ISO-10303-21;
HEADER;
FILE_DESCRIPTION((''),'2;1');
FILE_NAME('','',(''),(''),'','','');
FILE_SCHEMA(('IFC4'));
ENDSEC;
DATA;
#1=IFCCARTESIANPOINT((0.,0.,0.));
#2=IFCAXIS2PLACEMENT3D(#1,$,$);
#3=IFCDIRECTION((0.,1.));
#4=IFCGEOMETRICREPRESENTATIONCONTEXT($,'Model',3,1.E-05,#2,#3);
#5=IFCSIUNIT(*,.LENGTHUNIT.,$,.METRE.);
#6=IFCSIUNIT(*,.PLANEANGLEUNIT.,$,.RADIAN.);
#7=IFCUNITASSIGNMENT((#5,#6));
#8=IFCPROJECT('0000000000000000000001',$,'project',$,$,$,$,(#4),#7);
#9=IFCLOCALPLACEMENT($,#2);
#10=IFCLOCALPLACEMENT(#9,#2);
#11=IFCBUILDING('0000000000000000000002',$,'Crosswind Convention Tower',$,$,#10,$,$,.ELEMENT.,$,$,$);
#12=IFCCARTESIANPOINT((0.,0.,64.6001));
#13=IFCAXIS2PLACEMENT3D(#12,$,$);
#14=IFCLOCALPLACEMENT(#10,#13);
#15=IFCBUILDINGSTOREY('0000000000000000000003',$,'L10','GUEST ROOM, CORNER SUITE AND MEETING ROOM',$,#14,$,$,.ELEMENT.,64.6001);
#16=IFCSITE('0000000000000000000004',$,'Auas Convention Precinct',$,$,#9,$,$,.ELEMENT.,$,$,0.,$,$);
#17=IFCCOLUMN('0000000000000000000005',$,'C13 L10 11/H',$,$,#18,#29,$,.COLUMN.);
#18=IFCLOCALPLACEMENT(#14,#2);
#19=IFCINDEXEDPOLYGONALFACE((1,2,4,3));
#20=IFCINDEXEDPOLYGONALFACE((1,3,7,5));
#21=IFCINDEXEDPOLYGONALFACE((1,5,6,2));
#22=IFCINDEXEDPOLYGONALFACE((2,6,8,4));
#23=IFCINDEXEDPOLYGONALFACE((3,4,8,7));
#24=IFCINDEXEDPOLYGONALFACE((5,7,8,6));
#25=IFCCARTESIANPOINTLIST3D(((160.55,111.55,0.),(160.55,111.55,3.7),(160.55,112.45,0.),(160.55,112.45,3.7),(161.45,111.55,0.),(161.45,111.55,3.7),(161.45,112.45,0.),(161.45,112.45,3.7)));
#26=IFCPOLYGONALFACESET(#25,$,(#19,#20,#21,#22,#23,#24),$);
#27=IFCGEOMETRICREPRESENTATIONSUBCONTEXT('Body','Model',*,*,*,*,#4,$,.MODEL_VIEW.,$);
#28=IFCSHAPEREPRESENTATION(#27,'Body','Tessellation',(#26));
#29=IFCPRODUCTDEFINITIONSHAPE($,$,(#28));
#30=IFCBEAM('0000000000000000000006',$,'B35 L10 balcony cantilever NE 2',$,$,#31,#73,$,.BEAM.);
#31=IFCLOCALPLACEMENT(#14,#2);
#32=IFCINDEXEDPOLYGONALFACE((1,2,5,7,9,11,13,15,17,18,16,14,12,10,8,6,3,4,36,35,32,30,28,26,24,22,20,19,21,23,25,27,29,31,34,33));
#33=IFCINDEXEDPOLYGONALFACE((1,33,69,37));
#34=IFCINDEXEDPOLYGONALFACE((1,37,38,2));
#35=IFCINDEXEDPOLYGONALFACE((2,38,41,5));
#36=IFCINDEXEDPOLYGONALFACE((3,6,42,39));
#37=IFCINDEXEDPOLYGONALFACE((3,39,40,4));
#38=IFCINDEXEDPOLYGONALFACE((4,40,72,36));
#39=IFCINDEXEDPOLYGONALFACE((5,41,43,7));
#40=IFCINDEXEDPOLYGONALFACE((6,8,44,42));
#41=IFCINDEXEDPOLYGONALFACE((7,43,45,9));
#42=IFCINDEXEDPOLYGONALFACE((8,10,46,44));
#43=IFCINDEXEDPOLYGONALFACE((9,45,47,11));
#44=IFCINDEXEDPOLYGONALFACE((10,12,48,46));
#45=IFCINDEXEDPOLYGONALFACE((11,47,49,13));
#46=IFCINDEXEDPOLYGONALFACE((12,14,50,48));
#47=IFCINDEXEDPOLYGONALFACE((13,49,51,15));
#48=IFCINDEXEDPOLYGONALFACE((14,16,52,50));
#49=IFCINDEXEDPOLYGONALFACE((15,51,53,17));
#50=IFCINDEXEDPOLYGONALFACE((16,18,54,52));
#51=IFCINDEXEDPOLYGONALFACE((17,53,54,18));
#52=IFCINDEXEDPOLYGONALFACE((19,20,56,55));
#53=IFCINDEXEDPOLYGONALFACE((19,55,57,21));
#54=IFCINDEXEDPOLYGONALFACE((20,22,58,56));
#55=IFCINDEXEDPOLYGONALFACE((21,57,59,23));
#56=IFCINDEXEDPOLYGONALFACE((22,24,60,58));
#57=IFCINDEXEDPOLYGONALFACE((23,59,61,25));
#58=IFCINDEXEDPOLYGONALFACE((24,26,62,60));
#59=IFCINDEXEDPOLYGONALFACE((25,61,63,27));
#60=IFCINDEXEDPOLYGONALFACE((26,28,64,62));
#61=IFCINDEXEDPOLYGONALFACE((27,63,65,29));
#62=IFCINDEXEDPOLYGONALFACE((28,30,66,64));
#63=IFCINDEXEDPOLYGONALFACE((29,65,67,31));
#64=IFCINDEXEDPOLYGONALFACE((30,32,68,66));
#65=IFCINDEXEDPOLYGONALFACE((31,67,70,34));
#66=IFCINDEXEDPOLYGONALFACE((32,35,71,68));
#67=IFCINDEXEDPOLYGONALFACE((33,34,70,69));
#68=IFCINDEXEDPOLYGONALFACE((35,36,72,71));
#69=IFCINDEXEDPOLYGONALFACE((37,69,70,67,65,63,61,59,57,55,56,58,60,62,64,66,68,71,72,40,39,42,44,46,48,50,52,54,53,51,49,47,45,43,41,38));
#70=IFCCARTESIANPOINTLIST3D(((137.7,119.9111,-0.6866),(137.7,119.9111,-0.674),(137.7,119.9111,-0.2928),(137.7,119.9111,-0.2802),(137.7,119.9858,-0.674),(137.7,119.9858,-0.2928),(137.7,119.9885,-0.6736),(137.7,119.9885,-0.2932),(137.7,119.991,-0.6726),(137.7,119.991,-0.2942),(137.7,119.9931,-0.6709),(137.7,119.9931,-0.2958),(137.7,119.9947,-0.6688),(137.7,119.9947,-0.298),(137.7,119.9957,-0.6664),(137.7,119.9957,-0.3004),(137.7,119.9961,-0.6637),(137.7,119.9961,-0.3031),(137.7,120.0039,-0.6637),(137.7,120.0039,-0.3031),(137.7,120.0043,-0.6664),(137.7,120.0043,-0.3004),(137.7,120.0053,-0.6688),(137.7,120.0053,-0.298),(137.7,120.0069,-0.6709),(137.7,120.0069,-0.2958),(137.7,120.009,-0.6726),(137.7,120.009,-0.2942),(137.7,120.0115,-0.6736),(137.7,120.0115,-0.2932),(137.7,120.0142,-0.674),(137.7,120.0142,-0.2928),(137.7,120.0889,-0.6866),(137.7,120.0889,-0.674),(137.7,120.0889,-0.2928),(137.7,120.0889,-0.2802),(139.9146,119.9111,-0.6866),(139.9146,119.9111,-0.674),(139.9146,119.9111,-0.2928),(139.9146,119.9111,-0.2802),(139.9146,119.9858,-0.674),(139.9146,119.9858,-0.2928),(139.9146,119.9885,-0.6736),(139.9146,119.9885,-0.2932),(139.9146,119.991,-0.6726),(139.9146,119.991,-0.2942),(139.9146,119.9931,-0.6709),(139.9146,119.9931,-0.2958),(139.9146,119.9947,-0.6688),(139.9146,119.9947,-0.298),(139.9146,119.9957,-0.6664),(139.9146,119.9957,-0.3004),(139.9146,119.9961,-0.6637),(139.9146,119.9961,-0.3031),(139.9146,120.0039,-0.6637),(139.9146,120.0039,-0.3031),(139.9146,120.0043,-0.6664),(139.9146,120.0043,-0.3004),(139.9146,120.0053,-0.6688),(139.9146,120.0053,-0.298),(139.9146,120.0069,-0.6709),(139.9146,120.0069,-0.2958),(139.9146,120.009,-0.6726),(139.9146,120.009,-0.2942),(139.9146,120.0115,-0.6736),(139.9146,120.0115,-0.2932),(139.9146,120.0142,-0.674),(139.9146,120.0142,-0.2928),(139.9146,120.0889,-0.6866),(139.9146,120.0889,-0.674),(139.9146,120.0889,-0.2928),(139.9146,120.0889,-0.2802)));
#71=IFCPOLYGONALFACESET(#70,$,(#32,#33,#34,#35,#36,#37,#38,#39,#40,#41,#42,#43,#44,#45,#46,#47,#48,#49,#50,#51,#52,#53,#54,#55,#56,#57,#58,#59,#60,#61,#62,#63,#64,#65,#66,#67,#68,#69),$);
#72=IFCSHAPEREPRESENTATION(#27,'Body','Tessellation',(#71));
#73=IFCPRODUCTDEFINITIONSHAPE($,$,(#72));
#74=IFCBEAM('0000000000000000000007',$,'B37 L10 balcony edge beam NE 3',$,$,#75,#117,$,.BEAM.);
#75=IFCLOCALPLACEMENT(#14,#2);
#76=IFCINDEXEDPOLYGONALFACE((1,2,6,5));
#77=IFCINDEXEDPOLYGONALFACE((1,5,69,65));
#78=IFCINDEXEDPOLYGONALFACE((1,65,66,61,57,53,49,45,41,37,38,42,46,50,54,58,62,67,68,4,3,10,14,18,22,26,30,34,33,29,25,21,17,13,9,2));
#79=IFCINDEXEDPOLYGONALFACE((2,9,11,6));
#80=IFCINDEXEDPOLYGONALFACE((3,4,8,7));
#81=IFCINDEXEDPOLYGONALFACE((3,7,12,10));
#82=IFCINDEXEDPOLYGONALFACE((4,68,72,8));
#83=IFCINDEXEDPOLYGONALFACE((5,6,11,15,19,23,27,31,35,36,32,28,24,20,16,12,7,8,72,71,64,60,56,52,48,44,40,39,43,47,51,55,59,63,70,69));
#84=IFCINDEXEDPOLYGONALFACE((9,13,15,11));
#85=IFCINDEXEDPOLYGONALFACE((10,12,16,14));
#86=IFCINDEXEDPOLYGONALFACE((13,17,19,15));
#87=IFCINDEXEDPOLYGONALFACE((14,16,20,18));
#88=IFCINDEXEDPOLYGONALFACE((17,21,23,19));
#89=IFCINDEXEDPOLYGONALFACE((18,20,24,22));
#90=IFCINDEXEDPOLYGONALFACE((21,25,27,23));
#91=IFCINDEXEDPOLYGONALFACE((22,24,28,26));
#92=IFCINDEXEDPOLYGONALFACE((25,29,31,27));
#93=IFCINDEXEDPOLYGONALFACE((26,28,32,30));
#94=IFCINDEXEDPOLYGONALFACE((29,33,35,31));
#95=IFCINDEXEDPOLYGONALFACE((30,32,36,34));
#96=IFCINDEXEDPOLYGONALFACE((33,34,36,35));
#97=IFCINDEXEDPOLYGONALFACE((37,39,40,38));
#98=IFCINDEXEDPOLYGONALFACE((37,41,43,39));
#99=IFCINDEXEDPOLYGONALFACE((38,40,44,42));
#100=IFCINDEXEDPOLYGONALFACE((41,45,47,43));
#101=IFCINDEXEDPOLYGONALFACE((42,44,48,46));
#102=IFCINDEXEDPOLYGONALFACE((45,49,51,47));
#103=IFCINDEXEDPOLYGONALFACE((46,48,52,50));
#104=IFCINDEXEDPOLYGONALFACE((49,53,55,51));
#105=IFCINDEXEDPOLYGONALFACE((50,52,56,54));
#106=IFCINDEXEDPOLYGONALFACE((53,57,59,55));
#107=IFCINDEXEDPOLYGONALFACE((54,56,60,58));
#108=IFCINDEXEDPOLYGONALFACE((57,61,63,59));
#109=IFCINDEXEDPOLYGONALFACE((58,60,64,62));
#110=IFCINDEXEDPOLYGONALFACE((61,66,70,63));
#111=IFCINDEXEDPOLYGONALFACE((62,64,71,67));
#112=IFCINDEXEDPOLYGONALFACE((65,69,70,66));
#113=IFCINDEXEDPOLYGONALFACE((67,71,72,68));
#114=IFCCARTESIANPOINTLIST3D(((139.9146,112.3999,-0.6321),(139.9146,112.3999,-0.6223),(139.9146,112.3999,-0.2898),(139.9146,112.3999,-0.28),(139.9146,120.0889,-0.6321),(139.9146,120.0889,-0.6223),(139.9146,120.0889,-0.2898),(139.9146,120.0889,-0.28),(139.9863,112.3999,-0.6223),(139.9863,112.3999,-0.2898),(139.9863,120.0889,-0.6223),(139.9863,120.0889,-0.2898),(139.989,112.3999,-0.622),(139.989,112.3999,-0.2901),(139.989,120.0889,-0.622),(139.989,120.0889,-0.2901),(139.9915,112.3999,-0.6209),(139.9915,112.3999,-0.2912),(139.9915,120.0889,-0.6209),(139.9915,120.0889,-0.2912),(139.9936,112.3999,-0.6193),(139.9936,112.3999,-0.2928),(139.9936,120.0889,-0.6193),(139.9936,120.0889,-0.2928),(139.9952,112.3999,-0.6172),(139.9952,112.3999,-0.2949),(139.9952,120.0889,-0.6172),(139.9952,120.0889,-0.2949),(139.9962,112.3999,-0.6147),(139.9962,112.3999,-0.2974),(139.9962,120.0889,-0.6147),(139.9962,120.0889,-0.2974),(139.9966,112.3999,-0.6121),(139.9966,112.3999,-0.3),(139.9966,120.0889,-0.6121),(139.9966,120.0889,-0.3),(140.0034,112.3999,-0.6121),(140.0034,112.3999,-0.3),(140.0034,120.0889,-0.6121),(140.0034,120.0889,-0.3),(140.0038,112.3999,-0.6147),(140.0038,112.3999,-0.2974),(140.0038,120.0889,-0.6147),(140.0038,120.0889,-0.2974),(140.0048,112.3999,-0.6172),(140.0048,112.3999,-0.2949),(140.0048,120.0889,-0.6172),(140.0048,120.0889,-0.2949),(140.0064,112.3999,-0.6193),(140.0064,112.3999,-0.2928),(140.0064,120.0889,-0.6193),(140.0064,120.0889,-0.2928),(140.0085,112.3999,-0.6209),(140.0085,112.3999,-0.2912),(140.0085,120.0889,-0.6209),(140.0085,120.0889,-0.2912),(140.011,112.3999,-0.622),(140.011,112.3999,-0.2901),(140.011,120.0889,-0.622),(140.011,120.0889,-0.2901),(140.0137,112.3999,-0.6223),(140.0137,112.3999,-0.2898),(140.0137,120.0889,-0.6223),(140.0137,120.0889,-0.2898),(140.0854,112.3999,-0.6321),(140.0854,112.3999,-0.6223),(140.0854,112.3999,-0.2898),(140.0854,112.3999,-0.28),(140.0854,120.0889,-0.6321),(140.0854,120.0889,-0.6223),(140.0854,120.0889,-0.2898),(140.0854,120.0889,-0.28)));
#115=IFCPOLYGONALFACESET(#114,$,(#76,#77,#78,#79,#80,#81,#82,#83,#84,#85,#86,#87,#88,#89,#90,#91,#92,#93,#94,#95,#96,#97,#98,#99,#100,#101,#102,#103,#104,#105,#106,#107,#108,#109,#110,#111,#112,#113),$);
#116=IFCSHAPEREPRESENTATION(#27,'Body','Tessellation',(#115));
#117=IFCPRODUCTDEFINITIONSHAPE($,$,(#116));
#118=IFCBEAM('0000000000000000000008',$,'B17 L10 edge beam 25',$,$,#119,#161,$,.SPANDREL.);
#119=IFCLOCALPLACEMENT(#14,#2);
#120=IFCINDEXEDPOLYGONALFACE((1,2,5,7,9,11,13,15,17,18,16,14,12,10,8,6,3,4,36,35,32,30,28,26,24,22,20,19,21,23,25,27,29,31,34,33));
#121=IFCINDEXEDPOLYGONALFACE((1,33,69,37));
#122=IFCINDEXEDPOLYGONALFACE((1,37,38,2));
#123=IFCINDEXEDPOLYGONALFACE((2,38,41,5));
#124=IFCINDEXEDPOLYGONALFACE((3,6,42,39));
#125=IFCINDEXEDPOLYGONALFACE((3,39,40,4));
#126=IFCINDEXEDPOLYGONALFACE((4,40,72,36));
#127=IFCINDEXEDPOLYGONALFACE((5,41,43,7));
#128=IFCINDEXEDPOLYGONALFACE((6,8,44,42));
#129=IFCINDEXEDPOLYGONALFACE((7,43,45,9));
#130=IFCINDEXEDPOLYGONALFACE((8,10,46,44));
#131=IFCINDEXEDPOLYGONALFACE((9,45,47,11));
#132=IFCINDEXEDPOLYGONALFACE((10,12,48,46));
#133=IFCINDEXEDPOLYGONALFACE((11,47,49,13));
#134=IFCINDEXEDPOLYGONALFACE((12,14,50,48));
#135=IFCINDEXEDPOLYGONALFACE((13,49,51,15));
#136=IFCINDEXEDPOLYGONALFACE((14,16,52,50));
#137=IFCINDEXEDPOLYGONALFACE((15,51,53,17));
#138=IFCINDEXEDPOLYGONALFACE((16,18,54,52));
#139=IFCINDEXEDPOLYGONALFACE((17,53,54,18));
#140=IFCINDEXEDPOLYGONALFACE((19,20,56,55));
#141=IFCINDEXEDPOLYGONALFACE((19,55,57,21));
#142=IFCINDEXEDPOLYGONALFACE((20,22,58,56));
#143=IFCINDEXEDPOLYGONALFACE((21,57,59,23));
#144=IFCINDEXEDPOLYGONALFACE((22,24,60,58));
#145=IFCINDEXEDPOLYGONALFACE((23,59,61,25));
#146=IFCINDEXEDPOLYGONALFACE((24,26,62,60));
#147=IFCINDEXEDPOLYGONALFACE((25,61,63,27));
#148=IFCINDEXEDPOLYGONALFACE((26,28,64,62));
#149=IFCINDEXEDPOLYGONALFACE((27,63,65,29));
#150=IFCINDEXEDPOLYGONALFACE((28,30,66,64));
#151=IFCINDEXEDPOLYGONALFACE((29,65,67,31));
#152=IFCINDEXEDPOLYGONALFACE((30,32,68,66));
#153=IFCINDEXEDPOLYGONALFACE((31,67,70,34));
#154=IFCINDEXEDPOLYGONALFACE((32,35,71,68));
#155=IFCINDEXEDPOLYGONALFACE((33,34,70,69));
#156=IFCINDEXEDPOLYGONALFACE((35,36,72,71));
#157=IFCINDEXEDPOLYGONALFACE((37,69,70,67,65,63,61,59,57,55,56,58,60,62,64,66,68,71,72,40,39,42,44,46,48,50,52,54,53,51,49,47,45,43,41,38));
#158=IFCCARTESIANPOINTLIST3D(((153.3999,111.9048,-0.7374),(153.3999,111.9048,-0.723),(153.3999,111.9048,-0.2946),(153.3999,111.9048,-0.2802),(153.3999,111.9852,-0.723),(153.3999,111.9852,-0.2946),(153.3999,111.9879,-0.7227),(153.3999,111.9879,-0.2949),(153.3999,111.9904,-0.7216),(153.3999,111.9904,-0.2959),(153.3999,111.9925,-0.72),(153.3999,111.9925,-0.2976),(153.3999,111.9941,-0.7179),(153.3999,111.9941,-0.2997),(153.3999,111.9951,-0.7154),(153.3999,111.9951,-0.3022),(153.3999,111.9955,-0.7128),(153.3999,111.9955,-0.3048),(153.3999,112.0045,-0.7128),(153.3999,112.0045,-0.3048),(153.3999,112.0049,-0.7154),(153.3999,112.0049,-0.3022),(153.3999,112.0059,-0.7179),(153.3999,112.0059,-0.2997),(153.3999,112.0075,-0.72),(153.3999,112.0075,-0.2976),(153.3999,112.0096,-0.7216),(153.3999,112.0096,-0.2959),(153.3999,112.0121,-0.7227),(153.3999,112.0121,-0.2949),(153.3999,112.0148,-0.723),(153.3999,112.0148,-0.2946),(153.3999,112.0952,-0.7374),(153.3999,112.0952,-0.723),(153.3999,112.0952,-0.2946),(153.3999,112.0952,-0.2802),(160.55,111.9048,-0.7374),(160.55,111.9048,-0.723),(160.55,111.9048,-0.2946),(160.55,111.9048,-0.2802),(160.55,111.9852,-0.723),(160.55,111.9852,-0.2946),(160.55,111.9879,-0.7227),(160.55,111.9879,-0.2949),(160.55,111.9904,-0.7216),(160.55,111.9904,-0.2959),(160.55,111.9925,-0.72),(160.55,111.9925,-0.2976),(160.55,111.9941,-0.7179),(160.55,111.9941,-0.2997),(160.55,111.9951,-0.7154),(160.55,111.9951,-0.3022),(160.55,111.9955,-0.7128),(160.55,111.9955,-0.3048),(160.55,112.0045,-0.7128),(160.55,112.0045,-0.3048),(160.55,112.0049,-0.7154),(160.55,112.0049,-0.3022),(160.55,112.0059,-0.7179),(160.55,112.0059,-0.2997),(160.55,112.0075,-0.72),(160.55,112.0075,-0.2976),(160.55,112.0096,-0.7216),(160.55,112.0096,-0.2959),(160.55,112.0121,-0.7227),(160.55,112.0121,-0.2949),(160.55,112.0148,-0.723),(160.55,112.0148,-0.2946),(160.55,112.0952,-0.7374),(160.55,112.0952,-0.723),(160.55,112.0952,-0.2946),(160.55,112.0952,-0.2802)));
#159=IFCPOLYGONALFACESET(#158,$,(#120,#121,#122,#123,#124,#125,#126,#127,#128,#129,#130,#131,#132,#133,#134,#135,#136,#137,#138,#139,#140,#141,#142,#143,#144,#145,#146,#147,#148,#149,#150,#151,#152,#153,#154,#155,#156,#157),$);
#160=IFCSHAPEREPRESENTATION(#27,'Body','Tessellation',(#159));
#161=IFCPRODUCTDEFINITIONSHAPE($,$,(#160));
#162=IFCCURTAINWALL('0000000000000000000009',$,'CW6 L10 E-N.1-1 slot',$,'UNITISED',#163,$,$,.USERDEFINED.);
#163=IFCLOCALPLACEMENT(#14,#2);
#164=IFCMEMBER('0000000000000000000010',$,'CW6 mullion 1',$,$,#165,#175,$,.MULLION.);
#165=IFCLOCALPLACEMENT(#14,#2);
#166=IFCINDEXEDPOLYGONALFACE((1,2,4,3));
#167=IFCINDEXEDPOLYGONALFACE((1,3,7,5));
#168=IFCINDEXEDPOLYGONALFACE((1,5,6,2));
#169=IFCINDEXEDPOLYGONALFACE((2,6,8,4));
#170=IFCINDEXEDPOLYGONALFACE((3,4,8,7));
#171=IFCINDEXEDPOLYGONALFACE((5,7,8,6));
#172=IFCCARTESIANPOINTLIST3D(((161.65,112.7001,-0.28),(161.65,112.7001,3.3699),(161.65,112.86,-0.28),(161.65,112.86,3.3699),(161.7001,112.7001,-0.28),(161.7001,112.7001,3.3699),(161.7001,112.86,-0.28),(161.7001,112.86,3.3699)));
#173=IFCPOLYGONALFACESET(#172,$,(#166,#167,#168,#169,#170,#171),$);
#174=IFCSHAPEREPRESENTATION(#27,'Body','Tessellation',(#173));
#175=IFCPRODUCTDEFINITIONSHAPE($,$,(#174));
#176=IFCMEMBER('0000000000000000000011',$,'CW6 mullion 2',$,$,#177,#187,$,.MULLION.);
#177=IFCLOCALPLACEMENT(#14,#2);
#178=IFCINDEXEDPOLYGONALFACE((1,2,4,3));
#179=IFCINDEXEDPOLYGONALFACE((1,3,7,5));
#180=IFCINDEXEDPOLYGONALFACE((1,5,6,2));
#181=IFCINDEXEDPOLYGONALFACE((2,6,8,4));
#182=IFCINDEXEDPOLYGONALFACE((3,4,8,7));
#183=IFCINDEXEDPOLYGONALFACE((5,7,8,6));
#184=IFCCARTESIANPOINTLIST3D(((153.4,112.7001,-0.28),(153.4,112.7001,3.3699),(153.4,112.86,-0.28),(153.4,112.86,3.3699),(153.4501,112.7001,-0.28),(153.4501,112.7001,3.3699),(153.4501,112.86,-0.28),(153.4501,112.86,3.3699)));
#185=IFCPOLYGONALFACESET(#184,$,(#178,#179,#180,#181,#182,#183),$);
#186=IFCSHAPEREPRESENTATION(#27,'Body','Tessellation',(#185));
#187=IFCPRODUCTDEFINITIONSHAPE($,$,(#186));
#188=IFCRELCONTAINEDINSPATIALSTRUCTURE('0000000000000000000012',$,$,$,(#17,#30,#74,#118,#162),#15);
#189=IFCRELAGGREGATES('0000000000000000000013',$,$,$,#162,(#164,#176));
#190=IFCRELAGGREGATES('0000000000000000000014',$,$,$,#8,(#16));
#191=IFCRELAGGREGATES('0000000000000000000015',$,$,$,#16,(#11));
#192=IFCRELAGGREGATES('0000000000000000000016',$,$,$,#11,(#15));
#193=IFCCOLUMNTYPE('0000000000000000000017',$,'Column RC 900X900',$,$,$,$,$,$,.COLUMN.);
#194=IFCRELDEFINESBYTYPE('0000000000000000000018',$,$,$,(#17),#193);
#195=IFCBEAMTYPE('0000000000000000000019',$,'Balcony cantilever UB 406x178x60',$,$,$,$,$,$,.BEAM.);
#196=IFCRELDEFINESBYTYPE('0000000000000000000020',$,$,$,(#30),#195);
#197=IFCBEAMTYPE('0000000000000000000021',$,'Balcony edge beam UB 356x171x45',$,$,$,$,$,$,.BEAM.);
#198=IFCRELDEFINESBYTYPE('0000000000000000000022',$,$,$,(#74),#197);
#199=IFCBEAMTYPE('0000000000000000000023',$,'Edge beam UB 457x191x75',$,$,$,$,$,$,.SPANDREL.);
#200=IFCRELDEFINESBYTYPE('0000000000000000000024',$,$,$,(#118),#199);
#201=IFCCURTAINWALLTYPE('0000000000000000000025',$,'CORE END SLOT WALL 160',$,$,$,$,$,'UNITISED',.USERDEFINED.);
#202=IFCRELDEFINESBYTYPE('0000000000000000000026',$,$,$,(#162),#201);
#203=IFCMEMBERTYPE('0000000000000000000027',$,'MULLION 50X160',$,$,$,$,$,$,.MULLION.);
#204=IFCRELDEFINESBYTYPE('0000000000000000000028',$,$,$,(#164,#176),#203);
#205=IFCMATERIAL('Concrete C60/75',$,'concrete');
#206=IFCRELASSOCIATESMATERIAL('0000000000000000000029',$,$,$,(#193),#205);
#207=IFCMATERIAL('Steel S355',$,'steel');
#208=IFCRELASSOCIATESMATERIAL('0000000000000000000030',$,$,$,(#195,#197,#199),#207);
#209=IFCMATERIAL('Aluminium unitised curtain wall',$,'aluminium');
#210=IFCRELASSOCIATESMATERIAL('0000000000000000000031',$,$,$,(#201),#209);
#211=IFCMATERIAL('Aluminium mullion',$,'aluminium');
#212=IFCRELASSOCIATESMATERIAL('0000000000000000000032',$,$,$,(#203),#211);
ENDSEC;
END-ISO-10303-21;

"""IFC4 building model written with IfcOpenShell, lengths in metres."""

from ifc_helpers import new_model, si_unit, direction, frame, origin, origin_2d, place, context, subcontext, project, spatial, rectangle, i_section, extrude, material, material_profile, profile_set, type_object, element, aggregate, save


model = new_model("IFC4")

# Units and contexts
model_context = context("Model", 3, precision=1e-05, world=origin(), true_north=direction((0.0, 1.0)))
body_context = subcontext(model_context, "Body", "Model", "MODEL_VIEW")
ifc_project = project(units=[si_unit("LENGTHUNIT", "METRE"), si_unit("PLANEANGLEUNIT", "RADIAN")], contexts=[model_context])

# Site, building, storey
site_placement = place(None, origin())
site = spatial("IfcSite", under=ifc_project, at=site_placement, Name="Auas Convention Precinct", CompositionType="ELEMENT", RefElevation=0.0)
building_placement = place(site_placement, origin())
building = spatial("IfcBuilding", under=site, at=building_placement, Name="Crosswind Convention Tower", CompositionType="ELEMENT")
storey_placement = place(building_placement, frame((0.0, 0.0, 64.6001)))
storey = spatial("IfcBuildingStorey", under=building, at=storey_placement, Name="L10", Description="GUEST ROOM, CORNER SUITE AND MEETING ROOM", CompositionType="ELEMENT", Elevation=64.6001)

# Column
ifc_material_1 = material(Name="Concrete C60/75", Category="concrete")
ifc_material_profile_1 = material_profile(ifc_material_1, rectangle(XDim=0.8999, YDim=0.8999, at=origin_2d()), Name="RC 900X900")
ifc_profile_set_1 = profile_set([ifc_material_profile_1], Name="Concrete C60/75")
column_type = type_object("IfcColumnType", Name="Column RC 900X900", PredefinedType="COLUMN", material=ifc_profile_set_1)
column_placement = place(storey_placement, frame((161.0, 112.0, 0.0), z_axis=(0.0, 0.0, 1.0), x_axis=(1.0, 0.0, 0.0)))
element("IfcColumn", 1, at=column_placement, inside=storey, type_object=column_type, Name="C13 L10 11/H", PredefinedType="COLUMN", context=body_context, shape_type="SweptSolid", body=[
    extrude(rectangle(XDim=0.8999, YDim=0.8999, at=origin_2d()), origin(), (0.0, 0.0, 1.0), 3.7),
])

# Beams
ifc_material_2 = material(Name="Steel S355", Category="steel")
ifc_material_profile_2 = material_profile(ifc_material_2, i_section(OverallWidth=0.1777, OverallDepth=0.4065, WebThickness=0.0078, FlangeThickness=0.0127, FilletRadius=0.0103, at=origin_2d()), Name="UB 406x178x60")
ifc_profile_set_2 = profile_set([ifc_material_profile_2], Name="Steel S355")
beam_type_1 = type_object("IfcBeamType", Name="Balcony cantilever UB 406x178x60", PredefinedType="BEAM", material=ifc_profile_set_2)
beam_1_placement = place(storey_placement, frame((137.7, 120.0, -0.4834), z_axis=(1.0, 0.0, 0.0), x_axis=(0.0, 1.0, 0.0)))
element("IfcBeam", 2, at=beam_1_placement, inside=storey, type_object=beam_type_1, Name="B35 L10 balcony cantilever NE 2", PredefinedType="BEAM", context=body_context, shape_type="SweptSolid", body=[
    extrude(i_section(OverallWidth=0.1777, OverallDepth=0.4065, WebThickness=0.0078, FlangeThickness=0.0127, FilletRadius=0.0103, at=origin_2d()), origin(), (0.0, 0.0, 1.0), 2.2146),
])
ifc_material_profile_3 = material_profile(ifc_material_2, i_section(OverallWidth=0.1709, OverallDepth=0.3521, WebThickness=0.0068, FlangeThickness=0.0098, FilletRadius=0.0103, at=origin_2d()), Name="UB 356x171x45")
ifc_profile_set_3 = profile_set([ifc_material_profile_3], Name="Steel S355")
beam_type_2 = type_object("IfcBeamType", Name="Balcony edge beam UB 356x171x45", PredefinedType="BEAM", material=ifc_profile_set_3)
beam_2_placement = place(storey_placement, frame((140.0, 112.3999, -0.4561), z_axis=(0.0, 1.0, 0.0), x_axis=(-1.0, 0.0, 0.0)))
element("IfcBeam", 3, at=beam_2_placement, inside=storey, type_object=beam_type_2, Name="B37 L10 balcony edge beam NE 3", PredefinedType="BEAM", context=body_context, shape_type="SweptSolid", body=[
    extrude(i_section(OverallWidth=0.1709, OverallDepth=0.3521, WebThickness=0.0068, FlangeThickness=0.0098, FilletRadius=0.0103, at=origin_2d()), origin(), (0.0, 0.0, 1.0), 7.689),
])
ifc_material_profile_4 = material_profile(ifc_material_2, i_section(OverallWidth=0.1904, OverallDepth=0.4573, WebThickness=0.009, FlangeThickness=0.0144, FilletRadius=0.0103, at=origin_2d()), Name="UB 457x191x75")
ifc_profile_set_4 = profile_set([ifc_material_profile_4], Name="Steel S355")
beam_type_3 = type_object("IfcBeamType", Name="Edge beam UB 457x191x75", PredefinedType="SPANDREL", material=ifc_profile_set_4)
beam_3_placement = place(storey_placement, frame((153.3999, 112.0, -0.5088), z_axis=(1.0, 0.0, 0.0), x_axis=(0.0, 1.0, 0.0)))
element("IfcBeam", 4, at=beam_3_placement, inside=storey, type_object=beam_type_3, Name="B17 L10 edge beam 25", PredefinedType="SPANDREL", context=body_context, shape_type="SweptSolid", body=[
    extrude(i_section(OverallWidth=0.1904, OverallDepth=0.4573, WebThickness=0.009, FlangeThickness=0.0144, FilletRadius=0.0103, at=origin_2d()), origin(), (0.0, 0.0, 1.0), 7.1501),
])

# Curtain wall, members
ifc_material_3 = material(Name="Aluminium unitised curtain wall", Category="aluminium")
curtain_wall_type_1 = type_object("IfcCurtainWallType", Name="CORE END SLOT WALL 160", ElementType="UNITISED", PredefinedType="USERDEFINED", material=ifc_material_3)
curtain_wall_1_placement = place(storey_placement, origin())
curtain_wall_1 = element("IfcCurtainWall", 5, at=curtain_wall_1_placement, inside=storey, type_object=curtain_wall_type_1, Name="CW6 L10 E-N.1-1 slot", ObjectType="UNITISED", PredefinedType="USERDEFINED")
ifc_material_4 = material(Name="Aluminium mullion", Category="aluminium")
ifc_material_profile_5 = material_profile(ifc_material_4, rectangle(XDim=0.1599, YDim=0.05, at=origin_2d()), Name="AL 160X50")
ifc_profile_set_5 = profile_set([ifc_material_profile_5], Name="Aluminium mullion")
member_type_1 = type_object("IfcMemberType", Name="MULLION 50X160", PredefinedType="MULLION", material=ifc_profile_set_5)
member_1_placement = place(storey_placement, frame((161.675, 112.78, -0.28), z_axis=(0.0, 0.0, 1.0), x_axis=(0.0, 1.0, 0.0)))
member_1 = element("IfcMember", 6, at=member_1_placement, type_object=member_type_1, Name="CW6 mullion 1", PredefinedType="MULLION", context=body_context, shape_type="SweptSolid", body=[
    extrude(rectangle(XDim=0.1599, YDim=0.05, at=origin_2d()), origin(), (0.0, 0.0, 1.0), 3.6499),
])
member_2_placement = place(storey_placement, frame((153.425, 112.78, -0.28), z_axis=(0.0, 0.0, 1.0), x_axis=(0.0, 1.0, 0.0)))
member_2 = element("IfcMember", 7, at=member_2_placement, type_object=member_type_1, Name="CW6 mullion 2", PredefinedType="MULLION", context=body_context, shape_type="SweptSolid", body=[
    extrude(rectangle(XDim=0.1599, YDim=0.05, at=origin_2d()), origin(), (0.0, 0.0, 1.0), 3.6499),
])

aggregate(curtain_wall_1, [member_1, member_2])

save(model, "model.ifc")
